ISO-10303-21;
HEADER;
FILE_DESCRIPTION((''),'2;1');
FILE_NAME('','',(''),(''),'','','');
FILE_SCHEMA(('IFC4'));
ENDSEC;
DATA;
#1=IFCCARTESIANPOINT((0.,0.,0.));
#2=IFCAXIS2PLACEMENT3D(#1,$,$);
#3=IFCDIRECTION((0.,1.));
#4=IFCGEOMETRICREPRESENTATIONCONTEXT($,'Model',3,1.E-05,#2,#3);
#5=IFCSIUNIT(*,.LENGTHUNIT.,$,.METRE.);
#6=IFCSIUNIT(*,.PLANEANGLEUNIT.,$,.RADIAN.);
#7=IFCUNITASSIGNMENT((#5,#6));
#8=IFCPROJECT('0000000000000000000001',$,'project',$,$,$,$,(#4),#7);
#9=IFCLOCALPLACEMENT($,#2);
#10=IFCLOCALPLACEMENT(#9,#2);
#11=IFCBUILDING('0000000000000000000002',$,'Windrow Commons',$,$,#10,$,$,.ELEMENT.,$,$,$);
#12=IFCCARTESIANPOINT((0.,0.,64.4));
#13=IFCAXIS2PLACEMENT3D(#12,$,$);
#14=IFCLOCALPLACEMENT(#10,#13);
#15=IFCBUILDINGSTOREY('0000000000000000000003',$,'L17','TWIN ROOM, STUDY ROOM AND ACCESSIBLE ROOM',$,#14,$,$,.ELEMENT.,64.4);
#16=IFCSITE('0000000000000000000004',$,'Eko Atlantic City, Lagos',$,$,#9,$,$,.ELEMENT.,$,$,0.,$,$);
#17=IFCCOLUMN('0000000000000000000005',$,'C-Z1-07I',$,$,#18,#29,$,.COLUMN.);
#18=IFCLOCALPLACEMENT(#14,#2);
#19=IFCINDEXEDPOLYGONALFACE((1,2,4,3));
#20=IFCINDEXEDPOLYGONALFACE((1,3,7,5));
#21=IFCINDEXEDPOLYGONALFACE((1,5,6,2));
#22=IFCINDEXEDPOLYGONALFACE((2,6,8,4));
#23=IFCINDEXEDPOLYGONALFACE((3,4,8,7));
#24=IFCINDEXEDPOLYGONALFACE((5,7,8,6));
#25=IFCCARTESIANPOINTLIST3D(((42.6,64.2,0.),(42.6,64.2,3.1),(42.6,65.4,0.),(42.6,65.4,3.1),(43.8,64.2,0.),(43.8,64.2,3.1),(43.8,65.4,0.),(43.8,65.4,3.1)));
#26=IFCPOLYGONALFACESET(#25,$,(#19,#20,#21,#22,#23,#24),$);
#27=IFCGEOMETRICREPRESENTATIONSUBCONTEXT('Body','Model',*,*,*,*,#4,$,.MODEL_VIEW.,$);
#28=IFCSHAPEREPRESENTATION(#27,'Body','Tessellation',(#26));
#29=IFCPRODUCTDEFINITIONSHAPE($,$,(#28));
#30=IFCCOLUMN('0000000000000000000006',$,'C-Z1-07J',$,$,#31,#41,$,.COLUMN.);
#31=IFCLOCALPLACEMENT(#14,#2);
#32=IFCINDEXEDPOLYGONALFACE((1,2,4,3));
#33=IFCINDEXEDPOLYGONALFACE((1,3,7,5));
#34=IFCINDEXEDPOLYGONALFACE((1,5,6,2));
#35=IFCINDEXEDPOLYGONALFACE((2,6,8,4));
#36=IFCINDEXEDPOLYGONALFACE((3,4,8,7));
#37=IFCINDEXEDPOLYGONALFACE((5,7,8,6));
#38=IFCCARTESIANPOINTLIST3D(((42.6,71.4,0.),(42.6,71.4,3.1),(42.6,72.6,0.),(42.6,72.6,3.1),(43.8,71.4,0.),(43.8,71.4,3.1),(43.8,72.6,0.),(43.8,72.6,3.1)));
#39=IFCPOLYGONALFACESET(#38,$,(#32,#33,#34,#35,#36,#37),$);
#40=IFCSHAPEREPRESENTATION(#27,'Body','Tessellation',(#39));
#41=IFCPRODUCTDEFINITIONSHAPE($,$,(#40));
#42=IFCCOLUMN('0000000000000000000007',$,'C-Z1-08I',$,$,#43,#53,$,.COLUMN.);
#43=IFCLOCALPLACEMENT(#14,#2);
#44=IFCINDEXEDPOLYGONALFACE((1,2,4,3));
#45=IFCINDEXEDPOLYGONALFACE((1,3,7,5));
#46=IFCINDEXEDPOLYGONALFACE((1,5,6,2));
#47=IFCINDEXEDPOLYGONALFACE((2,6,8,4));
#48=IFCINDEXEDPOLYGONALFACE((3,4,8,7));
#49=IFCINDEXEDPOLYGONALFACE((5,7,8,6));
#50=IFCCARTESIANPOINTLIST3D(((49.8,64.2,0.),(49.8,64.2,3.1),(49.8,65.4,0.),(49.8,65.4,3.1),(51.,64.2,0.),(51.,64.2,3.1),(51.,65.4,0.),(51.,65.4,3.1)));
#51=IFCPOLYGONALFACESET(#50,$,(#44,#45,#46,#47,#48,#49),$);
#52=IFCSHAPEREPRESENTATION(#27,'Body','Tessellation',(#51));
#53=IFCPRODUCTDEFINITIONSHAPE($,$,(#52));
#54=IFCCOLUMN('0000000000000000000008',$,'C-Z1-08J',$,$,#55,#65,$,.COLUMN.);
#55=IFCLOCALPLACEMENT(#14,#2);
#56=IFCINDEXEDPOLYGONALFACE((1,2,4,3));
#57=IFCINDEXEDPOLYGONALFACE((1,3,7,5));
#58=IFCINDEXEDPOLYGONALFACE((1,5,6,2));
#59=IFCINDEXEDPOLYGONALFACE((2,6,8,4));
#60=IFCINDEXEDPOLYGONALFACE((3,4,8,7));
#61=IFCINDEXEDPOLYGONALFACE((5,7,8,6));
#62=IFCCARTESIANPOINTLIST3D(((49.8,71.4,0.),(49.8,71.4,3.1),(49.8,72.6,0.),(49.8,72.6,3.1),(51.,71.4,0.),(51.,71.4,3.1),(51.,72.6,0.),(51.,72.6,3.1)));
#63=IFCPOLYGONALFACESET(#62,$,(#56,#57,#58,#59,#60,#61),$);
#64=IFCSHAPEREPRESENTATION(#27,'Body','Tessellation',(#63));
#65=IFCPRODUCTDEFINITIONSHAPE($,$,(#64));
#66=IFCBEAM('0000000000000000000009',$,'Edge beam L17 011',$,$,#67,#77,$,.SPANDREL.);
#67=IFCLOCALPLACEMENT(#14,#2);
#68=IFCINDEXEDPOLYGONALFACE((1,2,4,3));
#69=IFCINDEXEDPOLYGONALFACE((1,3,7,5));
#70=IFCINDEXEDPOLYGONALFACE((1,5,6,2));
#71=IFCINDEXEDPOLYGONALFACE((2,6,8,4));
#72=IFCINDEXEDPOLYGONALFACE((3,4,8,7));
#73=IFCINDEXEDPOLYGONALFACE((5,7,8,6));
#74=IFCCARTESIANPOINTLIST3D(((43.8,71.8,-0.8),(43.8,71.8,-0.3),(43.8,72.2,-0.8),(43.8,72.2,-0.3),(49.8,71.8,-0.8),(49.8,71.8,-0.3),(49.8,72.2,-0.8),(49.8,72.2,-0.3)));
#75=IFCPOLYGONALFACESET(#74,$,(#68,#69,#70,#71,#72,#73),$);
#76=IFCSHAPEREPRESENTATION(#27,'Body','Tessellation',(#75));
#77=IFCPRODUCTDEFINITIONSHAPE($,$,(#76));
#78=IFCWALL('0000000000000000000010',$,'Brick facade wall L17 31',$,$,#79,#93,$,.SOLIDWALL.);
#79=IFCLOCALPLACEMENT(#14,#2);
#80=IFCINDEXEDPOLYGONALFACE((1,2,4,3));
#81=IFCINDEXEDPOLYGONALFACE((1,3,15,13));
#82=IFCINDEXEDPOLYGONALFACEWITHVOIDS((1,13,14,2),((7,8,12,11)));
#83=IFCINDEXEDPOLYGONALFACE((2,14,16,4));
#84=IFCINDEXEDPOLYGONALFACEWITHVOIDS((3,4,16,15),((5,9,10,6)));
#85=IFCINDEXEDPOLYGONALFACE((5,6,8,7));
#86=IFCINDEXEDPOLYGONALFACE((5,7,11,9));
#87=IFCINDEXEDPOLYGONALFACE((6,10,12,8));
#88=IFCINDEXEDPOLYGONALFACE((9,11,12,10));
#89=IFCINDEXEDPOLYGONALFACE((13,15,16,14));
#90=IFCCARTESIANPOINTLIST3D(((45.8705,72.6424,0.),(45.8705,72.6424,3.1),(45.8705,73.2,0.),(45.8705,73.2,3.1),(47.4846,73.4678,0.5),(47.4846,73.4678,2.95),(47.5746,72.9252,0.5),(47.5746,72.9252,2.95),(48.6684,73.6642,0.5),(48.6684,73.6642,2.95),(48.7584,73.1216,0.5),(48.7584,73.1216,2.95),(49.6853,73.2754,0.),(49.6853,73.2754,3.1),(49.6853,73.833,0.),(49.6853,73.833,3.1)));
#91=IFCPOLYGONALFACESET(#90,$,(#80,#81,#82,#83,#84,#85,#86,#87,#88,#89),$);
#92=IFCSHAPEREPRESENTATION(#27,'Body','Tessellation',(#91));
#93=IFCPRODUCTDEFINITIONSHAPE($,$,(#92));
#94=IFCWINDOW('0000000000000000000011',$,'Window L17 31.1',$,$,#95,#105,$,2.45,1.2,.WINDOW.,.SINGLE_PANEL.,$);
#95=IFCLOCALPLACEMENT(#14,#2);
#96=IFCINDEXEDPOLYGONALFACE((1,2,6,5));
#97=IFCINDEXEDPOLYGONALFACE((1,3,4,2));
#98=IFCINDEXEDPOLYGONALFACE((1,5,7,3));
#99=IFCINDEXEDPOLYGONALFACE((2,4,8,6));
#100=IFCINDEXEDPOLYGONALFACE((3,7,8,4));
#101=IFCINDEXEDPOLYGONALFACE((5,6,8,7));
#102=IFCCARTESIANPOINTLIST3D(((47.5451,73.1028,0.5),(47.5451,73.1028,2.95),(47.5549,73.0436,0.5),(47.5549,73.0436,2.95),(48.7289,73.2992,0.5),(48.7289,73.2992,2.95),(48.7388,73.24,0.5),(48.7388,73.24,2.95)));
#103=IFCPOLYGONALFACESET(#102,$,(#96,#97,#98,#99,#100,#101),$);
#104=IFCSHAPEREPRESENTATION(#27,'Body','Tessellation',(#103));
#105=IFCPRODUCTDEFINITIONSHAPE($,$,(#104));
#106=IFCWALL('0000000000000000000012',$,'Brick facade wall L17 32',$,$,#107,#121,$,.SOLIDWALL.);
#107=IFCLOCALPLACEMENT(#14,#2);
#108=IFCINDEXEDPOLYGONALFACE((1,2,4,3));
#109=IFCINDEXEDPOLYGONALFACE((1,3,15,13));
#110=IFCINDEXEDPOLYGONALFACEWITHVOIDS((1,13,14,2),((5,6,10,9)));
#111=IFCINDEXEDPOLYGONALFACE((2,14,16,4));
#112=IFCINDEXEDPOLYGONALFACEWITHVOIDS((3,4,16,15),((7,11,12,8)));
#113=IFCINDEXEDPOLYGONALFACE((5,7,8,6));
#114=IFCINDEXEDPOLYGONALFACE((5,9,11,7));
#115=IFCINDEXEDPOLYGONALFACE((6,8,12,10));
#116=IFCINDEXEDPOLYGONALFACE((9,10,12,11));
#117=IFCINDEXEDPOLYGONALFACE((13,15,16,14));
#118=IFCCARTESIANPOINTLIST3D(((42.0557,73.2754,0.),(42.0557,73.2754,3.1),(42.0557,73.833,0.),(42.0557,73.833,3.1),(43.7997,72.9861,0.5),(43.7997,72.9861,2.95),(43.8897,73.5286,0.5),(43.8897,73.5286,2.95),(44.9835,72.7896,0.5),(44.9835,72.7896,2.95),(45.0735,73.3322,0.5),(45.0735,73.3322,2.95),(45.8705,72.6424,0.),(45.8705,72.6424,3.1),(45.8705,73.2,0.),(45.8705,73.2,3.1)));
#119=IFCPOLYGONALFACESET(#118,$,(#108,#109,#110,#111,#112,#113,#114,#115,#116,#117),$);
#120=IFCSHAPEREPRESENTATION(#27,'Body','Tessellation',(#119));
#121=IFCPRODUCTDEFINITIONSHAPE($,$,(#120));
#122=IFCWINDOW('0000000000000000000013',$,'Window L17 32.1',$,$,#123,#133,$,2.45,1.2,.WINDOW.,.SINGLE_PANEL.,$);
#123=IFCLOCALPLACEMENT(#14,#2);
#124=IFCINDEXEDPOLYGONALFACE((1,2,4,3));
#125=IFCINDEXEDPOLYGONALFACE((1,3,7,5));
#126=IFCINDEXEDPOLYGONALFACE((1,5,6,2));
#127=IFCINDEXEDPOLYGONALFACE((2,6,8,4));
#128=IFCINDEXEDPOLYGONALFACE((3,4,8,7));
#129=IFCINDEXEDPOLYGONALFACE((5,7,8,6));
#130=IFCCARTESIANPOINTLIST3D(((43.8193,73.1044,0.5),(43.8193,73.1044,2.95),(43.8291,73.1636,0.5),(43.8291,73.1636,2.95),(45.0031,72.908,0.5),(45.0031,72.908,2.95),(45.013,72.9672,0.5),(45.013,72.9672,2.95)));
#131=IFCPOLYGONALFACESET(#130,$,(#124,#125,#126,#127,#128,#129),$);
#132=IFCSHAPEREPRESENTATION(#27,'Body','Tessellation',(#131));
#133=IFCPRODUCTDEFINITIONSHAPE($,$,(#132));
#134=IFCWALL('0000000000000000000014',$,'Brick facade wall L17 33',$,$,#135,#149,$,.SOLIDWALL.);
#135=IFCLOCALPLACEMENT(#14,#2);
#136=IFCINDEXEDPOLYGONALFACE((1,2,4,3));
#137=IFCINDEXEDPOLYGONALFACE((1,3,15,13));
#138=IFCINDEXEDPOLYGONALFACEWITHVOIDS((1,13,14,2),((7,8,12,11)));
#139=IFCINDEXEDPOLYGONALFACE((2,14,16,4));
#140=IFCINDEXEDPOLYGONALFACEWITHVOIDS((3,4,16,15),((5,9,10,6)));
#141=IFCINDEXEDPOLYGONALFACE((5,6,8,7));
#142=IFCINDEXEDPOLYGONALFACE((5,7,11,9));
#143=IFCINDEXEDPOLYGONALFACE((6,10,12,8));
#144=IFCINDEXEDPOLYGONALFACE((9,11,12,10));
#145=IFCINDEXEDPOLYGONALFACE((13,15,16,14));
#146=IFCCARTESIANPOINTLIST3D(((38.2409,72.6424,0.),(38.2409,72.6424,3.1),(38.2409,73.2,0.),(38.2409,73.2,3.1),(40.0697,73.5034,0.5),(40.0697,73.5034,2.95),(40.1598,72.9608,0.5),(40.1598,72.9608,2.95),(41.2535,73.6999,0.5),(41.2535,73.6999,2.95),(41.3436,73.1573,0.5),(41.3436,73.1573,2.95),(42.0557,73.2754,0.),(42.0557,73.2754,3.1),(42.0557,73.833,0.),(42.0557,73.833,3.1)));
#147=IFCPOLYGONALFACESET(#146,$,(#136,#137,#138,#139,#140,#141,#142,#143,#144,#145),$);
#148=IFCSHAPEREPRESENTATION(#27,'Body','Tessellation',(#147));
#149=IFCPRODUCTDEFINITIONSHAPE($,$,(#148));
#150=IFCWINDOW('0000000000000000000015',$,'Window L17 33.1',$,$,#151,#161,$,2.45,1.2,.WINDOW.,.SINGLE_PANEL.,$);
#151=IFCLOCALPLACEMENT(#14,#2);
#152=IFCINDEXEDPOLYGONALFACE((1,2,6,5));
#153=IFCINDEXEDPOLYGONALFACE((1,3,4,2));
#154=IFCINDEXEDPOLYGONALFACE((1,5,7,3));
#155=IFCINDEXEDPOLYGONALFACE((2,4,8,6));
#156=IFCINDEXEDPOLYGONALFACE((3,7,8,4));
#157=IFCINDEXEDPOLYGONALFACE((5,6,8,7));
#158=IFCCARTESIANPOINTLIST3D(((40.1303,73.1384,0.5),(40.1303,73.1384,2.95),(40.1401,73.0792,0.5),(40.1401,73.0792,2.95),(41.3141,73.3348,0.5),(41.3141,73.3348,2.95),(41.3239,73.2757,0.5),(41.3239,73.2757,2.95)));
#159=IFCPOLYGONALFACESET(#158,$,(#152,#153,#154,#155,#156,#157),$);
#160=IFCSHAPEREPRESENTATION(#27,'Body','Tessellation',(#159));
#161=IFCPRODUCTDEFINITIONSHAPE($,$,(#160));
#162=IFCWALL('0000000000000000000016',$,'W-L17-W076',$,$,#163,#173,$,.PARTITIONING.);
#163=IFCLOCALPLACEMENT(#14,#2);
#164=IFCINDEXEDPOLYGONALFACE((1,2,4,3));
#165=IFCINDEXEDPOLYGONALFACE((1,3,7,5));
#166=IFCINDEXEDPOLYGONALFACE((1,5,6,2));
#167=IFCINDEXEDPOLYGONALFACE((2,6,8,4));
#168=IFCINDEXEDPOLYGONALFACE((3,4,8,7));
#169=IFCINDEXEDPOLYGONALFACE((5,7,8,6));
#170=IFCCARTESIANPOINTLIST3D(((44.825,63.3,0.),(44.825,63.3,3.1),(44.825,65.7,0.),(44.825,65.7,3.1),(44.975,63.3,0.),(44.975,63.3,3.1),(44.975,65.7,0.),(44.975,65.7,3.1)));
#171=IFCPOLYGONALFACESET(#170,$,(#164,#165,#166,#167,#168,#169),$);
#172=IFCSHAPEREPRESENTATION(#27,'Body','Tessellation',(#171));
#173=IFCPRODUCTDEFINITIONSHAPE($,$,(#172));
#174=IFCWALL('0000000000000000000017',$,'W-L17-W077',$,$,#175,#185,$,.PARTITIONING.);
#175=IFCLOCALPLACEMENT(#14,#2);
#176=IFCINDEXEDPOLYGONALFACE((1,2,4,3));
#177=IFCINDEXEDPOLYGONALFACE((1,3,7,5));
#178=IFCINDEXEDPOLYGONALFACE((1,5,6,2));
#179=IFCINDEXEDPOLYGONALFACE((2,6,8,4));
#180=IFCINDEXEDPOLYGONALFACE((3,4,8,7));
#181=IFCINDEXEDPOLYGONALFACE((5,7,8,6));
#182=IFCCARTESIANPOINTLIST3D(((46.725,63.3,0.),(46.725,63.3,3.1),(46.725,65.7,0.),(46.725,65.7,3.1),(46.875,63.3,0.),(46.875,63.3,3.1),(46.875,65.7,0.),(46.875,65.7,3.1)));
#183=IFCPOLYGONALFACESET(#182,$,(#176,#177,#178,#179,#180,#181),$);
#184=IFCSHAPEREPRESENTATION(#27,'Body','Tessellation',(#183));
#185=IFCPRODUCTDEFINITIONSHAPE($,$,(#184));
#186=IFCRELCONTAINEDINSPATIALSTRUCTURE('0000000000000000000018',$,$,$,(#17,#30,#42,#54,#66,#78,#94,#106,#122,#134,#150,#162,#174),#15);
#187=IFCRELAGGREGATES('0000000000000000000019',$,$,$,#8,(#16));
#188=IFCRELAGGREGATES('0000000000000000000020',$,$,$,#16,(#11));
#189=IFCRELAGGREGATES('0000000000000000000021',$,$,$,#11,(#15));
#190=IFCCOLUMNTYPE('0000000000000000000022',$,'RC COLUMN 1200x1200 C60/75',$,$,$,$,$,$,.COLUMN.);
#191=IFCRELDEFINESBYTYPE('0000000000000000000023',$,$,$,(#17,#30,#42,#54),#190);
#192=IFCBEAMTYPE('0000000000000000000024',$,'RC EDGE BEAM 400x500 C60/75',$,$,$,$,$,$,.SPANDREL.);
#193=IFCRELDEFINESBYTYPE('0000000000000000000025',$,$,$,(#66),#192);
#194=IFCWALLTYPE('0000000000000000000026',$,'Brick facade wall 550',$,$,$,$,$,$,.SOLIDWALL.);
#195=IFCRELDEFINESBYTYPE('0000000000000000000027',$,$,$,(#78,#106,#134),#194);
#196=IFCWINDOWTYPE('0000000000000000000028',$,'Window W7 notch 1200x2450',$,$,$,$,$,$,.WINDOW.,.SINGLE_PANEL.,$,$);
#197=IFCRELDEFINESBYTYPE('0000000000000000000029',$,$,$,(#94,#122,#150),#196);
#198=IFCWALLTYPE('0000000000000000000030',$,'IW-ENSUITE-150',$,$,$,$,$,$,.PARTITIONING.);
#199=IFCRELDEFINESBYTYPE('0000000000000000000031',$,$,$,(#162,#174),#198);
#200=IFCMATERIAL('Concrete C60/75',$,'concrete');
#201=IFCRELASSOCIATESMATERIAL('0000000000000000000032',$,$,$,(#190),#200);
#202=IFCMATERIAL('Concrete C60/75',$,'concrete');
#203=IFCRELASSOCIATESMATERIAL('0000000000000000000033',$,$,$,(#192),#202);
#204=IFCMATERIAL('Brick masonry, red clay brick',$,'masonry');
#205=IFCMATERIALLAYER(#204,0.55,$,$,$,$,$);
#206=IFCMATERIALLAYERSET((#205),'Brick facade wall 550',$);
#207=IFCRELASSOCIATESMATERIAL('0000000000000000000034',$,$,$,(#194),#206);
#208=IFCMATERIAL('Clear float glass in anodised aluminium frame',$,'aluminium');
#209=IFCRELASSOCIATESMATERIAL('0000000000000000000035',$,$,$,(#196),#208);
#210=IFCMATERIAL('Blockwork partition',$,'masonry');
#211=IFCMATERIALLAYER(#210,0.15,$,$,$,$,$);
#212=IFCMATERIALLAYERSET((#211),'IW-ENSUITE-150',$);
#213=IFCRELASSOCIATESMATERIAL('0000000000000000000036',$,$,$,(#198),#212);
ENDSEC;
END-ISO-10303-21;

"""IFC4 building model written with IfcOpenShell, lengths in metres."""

from ifc_helpers import new_model, si_unit, direction, frame, frame_2d, origin, origin_2d, place, context, subcontext, project, spatial, polyline, rectangle, outline, extrude, material, layer, layer_set, material_profile, profile_set, type_object, element, fill, save


model = new_model("IFC4")

# Units and contexts
model_context = context("Model", 3, precision=1e-05, world=origin(), true_north=direction((0.0, 1.0)))
body_context = subcontext(model_context, "Body", "Model", "MODEL_VIEW")
ifc_project = project(units=[si_unit("LENGTHUNIT", "METRE"), si_unit("PLANEANGLEUNIT", "RADIAN")], contexts=[model_context])

# Site, building, storey
site_placement = place(None, origin())
site = spatial("IfcSite", under=ifc_project, at=site_placement, Name="Eko Atlantic City, Lagos", CompositionType="ELEMENT", RefElevation=0.0)
building_placement = place(site_placement, origin())
building = spatial("IfcBuilding", under=site, at=building_placement, Name="Windrow Commons", CompositionType="ELEMENT")
storey_placement = place(building_placement, frame((0.0, 0.0, 64.4)))
storey = spatial("IfcBuildingStorey", under=building, at=storey_placement, Name="L17", Description="TWIN ROOM, STUDY ROOM AND ACCESSIBLE ROOM", CompositionType="ELEMENT", Elevation=64.4)

# Columns
ifc_material_1 = material(Name="Concrete C60/75", Category="concrete")
ifc_material_profile_1 = material_profile(ifc_material_1, rectangle(XDim=1.2, YDim=1.2, at=origin_2d()))
ifc_profile_set_1 = profile_set([ifc_material_profile_1], Name="Concrete C60/75")
column_type = type_object("IfcColumnType", Name="RC COLUMN 1200x1200 C60/75", PredefinedType="COLUMN", material=ifc_profile_set_1)
for number, where, z_axis, x_axis, name in (
    (1, (43.2, 64.8, 0.0), (0.0, 0.0, 1.0), (1.0, 0.0, 0.0), "C-Z1-07I"),
    (2, (43.2, 72.0, 0.0), (0.0, 0.0, 1.0), (1.0, 0.0, 0.0), "C-Z1-07J"),
    (3, (50.4, 64.8, 0.0), (0.0, 0.0, 1.0), (1.0, 0.0, 0.0), "C-Z1-08I"),
    (4, (50.4, 72.0, 0.0), (0.0, 0.0, 1.0), (1.0, 0.0, 0.0), "C-Z1-08J"),
):
    element("IfcColumn", number, at=place(storey_placement, frame(where, z_axis=z_axis, x_axis=x_axis)), inside=storey, type_object=column_type, Name=name, PredefinedType="COLUMN", context=body_context, shape_type="SweptSolid", body=[
        extrude(rectangle(XDim=1.2, YDim=1.2, at=origin_2d()), origin(), (0.0, 0.0, 1.0), 3.1),
    ])

# Beam
ifc_material_2 = material(Name="Concrete C60/75", Category="concrete")
ifc_material_profile_2 = material_profile(ifc_material_2, rectangle(XDim=0.4, YDim=0.5, at=origin_2d()))
ifc_profile_set_2 = profile_set([ifc_material_profile_2], Name="Concrete C60/75")
beam_type = type_object("IfcBeamType", Name="RC EDGE BEAM 400x500 C60/75", PredefinedType="SPANDREL", material=ifc_profile_set_2)
beam_placement = place(storey_placement, frame((43.8, 72.0, -0.55), z_axis=(1.0, 0.0, 0.0), x_axis=(0.0, 1.0, 0.0)))
element("IfcBeam", 5, at=beam_placement, inside=storey, type_object=beam_type, Name="Edge beam L17 011", PredefinedType="SPANDREL", context=body_context, shape_type="SweptSolid", body=[
    extrude(rectangle(XDim=0.4, YDim=0.5, at=origin_2d()), origin(), (0.0, 0.0, 1.0), 6.0),
])

# Walls, openings, windows
ifc_material_3 = material(Name="Brick masonry, red clay brick", Category="masonry")
ifc_layer_1 = layer(ifc_material_3, 0.55)
ifc_layer_set_1 = layer_set([ifc_layer_1], Name="Brick facade wall 550")
wall_type_1 = type_object("IfcWallType", Name="Brick facade wall 550", PredefinedType="SOLIDWALL", material=ifc_layer_set_1)
wall_1_placement = place(storey_placement, frame((49.6853, 73.5542, 0.0), z_axis=(0.0, 0.0, 1.0), x_axis=(-0.986511, -0.163694, 0.0)))
wall_1 = element("IfcWall", 6, at=wall_1_placement, inside=storey, type_object=wall_type_1, Name="Brick facade wall L17 31", PredefinedType="SOLIDWALL", context=body_context, shape_type="SweptSolid", body=[
    extrude(outline(polyline([(-0.0456, -0.275), (3.8213, -0.275), (3.9126, 0.275), (0.0456, 0.275), (-0.0456, -0.275)])), origin(), (0.0, 0.0, 1.0), 3.1),
])
opening_1_placement = place(wall_1_placement, frame((0.9852, 0.0, 0.5)))
opening_1 = element("IfcOpeningElement", 7, at=opening_1_placement, cuts=wall_1, PredefinedType="OPENING", context=body_context, shape_type="SweptSolid", body=[
    extrude(rectangle(XDim=1.2, YDim=2.45, at=frame_2d((0.6, 1.225))), frame((0.0, 0.285, 0.0), z_axis=(0.0, -1.0, 0.0), x_axis=(1.0, 0.0, 0.0)), (0.0, 0.0, 1.0), 0.57),
])
ifc_material_4 = material(Name="Clear float glass in anodised aluminium frame", Category="aluminium")
window_type = type_object("IfcWindowType", Name="Window W7 notch 1200x2450", PartitioningType="SINGLE_PANEL", PredefinedType="WINDOW", material=ifc_material_4)
window_1_placement = place(opening_1_placement, origin())
window_1 = element("IfcWindow", 8, at=window_1_placement, inside=storey, type_object=window_type, Name="Window L17 31.1", OverallHeight=2.45, OverallWidth=1.2, PartitioningType="SINGLE_PANEL", PredefinedType="WINDOW", context=body_context, shape_type="SweptSolid", body=[
    extrude(rectangle(XDim=1.2, YDim=2.45, at=frame_2d((0.6, 1.225))), frame((0.0, 0.155, 0.0), z_axis=(0.0, -1.0, 0.0), x_axis=(1.0, 0.0, 0.0)), (0.0, 0.0, 1.0), 0.06),
])
fill(opening_1, window_1)
wall_2_placement = place(storey_placement, frame((45.8705, 72.9212, 0.0), z_axis=(0.0, 0.0, 1.0), x_axis=(-0.986511, 0.163694, 0.0)))
wall_2 = element("IfcWall", 9, at=wall_2_placement, inside=storey, type_object=wall_type_1, Name="Brick facade wall L17 32", PredefinedType="SOLIDWALL", context=body_context, shape_type="SweptSolid", body=[
    extrude(outline(polyline([(0.0456, -0.275), (3.9126, -0.275), (3.8213, 0.275), (-0.0456, 0.275), (0.0456, -0.275)])), origin(), (0.0, 0.0, 1.0), 3.1),
])
opening_2_placement = place(wall_2_placement, frame((0.8535, 0.0, 0.5)))
opening_2 = element("IfcOpeningElement", 10, at=opening_2_placement, cuts=wall_2, PredefinedType="OPENING", context=body_context, shape_type="SweptSolid", body=[
    extrude(rectangle(XDim=1.2, YDim=2.45, at=frame_2d((0.6, 1.225))), frame((0.0, 0.285, 0.0), z_axis=(0.0, -1.0, 0.0), x_axis=(1.0, 0.0, 0.0)), (0.0, 0.0, 1.0), 0.57),
])
window_2_placement = place(opening_2_placement, origin())
window_2 = element("IfcWindow", 11, at=window_2_placement, inside=storey, type_object=window_type, Name="Window L17 32.1", OverallHeight=2.45, OverallWidth=1.2, PartitioningType="SINGLE_PANEL", PredefinedType="WINDOW", context=body_context, shape_type="SweptSolid", body=[
    extrude(rectangle(XDim=1.2, YDim=2.45, at=frame_2d((0.6, 1.225))), frame((0.0, 0.155, 0.0), z_axis=(0.0, -1.0, 0.0), x_axis=(1.0, 0.0, 0.0)), (0.0, 0.0, 1.0), 0.06),
])
fill(opening_2, window_2)
wall_3_placement = place(storey_placement, frame((42.0557, 73.5542, 0.0), z_axis=(0.0, 0.0, 1.0), x_axis=(-0.986511, -0.163694, 0.0)))
wall_3 = element("IfcWall", 12, at=wall_3_placement, inside=storey, type_object=wall_type_1, Name="Brick facade wall L17 33", PredefinedType="SOLIDWALL", context=body_context, shape_type="SweptSolid", body=[
    extrude(outline(polyline([(-0.0456, -0.275), (3.8213, -0.275), (3.9126, 0.275), (0.0456, 0.275), (-0.0456, -0.275)])), origin(), (0.0, 0.0, 1.0), 3.1),
])
opening_3_placement = place(wall_3_placement, frame((0.7675, 0.0, 0.5)))
opening_3 = element("IfcOpeningElement", 13, at=opening_3_placement, cuts=wall_3, PredefinedType="OPENING", context=body_context, shape_type="SweptSolid", body=[
    extrude(rectangle(XDim=1.2, YDim=2.45, at=frame_2d((0.6, 1.225))), frame((0.0, 0.285, 0.0), z_axis=(0.0, -1.0, 0.0), x_axis=(1.0, 0.0, 0.0)), (0.0, 0.0, 1.0), 0.57),
])
window_3_placement = place(opening_3_placement, origin())
window_3 = element("IfcWindow", 14, at=window_3_placement, inside=storey, type_object=window_type, Name="Window L17 33.1", OverallHeight=2.45, OverallWidth=1.2, PartitioningType="SINGLE_PANEL", PredefinedType="WINDOW", context=body_context, shape_type="SweptSolid", body=[
    extrude(rectangle(XDim=1.2, YDim=2.45, at=frame_2d((0.6, 1.225))), frame((0.0, 0.155, 0.0), z_axis=(0.0, -1.0, 0.0), x_axis=(1.0, 0.0, 0.0)), (0.0, 0.0, 1.0), 0.06),
])
fill(opening_3, window_3)

# Walls
ifc_material_5 = material(Name="Blockwork partition", Category="masonry")
ifc_layer_2 = layer(ifc_material_5, 0.15)
ifc_layer_set_2 = layer_set([ifc_layer_2], Name="IW-ENSUITE-150")
wall_type_2 = type_object("IfcWallType", Name="IW-ENSUITE-150", PredefinedType="PARTITIONING", material=ifc_layer_set_2)
for number, where, z_axis, x_axis, name in (
    (15, (44.9, 63.3, 0.0), (0.0, 0.0, 1.0), (0.0, 1.0, 0.0), "W-L17-W076"),
    (16, (46.8, 63.3, 0.0), (0.0, 0.0, 1.0), (0.0, 1.0, 0.0), "W-L17-W077"),
):
    element("IfcWall", number, at=place(storey_placement, frame(where, z_axis=z_axis, x_axis=x_axis)), inside=storey, type_object=wall_type_2, Name=name, PredefinedType="PARTITIONING", context=body_context, shape_type="SweptSolid", body=[
        extrude(rectangle(XDim=2.4, YDim=0.15, at=frame_2d((1.2, 0.0))), origin(), (0.0, 0.0, 1.0), 3.1),
    ])

save(model, "model.ifc")
